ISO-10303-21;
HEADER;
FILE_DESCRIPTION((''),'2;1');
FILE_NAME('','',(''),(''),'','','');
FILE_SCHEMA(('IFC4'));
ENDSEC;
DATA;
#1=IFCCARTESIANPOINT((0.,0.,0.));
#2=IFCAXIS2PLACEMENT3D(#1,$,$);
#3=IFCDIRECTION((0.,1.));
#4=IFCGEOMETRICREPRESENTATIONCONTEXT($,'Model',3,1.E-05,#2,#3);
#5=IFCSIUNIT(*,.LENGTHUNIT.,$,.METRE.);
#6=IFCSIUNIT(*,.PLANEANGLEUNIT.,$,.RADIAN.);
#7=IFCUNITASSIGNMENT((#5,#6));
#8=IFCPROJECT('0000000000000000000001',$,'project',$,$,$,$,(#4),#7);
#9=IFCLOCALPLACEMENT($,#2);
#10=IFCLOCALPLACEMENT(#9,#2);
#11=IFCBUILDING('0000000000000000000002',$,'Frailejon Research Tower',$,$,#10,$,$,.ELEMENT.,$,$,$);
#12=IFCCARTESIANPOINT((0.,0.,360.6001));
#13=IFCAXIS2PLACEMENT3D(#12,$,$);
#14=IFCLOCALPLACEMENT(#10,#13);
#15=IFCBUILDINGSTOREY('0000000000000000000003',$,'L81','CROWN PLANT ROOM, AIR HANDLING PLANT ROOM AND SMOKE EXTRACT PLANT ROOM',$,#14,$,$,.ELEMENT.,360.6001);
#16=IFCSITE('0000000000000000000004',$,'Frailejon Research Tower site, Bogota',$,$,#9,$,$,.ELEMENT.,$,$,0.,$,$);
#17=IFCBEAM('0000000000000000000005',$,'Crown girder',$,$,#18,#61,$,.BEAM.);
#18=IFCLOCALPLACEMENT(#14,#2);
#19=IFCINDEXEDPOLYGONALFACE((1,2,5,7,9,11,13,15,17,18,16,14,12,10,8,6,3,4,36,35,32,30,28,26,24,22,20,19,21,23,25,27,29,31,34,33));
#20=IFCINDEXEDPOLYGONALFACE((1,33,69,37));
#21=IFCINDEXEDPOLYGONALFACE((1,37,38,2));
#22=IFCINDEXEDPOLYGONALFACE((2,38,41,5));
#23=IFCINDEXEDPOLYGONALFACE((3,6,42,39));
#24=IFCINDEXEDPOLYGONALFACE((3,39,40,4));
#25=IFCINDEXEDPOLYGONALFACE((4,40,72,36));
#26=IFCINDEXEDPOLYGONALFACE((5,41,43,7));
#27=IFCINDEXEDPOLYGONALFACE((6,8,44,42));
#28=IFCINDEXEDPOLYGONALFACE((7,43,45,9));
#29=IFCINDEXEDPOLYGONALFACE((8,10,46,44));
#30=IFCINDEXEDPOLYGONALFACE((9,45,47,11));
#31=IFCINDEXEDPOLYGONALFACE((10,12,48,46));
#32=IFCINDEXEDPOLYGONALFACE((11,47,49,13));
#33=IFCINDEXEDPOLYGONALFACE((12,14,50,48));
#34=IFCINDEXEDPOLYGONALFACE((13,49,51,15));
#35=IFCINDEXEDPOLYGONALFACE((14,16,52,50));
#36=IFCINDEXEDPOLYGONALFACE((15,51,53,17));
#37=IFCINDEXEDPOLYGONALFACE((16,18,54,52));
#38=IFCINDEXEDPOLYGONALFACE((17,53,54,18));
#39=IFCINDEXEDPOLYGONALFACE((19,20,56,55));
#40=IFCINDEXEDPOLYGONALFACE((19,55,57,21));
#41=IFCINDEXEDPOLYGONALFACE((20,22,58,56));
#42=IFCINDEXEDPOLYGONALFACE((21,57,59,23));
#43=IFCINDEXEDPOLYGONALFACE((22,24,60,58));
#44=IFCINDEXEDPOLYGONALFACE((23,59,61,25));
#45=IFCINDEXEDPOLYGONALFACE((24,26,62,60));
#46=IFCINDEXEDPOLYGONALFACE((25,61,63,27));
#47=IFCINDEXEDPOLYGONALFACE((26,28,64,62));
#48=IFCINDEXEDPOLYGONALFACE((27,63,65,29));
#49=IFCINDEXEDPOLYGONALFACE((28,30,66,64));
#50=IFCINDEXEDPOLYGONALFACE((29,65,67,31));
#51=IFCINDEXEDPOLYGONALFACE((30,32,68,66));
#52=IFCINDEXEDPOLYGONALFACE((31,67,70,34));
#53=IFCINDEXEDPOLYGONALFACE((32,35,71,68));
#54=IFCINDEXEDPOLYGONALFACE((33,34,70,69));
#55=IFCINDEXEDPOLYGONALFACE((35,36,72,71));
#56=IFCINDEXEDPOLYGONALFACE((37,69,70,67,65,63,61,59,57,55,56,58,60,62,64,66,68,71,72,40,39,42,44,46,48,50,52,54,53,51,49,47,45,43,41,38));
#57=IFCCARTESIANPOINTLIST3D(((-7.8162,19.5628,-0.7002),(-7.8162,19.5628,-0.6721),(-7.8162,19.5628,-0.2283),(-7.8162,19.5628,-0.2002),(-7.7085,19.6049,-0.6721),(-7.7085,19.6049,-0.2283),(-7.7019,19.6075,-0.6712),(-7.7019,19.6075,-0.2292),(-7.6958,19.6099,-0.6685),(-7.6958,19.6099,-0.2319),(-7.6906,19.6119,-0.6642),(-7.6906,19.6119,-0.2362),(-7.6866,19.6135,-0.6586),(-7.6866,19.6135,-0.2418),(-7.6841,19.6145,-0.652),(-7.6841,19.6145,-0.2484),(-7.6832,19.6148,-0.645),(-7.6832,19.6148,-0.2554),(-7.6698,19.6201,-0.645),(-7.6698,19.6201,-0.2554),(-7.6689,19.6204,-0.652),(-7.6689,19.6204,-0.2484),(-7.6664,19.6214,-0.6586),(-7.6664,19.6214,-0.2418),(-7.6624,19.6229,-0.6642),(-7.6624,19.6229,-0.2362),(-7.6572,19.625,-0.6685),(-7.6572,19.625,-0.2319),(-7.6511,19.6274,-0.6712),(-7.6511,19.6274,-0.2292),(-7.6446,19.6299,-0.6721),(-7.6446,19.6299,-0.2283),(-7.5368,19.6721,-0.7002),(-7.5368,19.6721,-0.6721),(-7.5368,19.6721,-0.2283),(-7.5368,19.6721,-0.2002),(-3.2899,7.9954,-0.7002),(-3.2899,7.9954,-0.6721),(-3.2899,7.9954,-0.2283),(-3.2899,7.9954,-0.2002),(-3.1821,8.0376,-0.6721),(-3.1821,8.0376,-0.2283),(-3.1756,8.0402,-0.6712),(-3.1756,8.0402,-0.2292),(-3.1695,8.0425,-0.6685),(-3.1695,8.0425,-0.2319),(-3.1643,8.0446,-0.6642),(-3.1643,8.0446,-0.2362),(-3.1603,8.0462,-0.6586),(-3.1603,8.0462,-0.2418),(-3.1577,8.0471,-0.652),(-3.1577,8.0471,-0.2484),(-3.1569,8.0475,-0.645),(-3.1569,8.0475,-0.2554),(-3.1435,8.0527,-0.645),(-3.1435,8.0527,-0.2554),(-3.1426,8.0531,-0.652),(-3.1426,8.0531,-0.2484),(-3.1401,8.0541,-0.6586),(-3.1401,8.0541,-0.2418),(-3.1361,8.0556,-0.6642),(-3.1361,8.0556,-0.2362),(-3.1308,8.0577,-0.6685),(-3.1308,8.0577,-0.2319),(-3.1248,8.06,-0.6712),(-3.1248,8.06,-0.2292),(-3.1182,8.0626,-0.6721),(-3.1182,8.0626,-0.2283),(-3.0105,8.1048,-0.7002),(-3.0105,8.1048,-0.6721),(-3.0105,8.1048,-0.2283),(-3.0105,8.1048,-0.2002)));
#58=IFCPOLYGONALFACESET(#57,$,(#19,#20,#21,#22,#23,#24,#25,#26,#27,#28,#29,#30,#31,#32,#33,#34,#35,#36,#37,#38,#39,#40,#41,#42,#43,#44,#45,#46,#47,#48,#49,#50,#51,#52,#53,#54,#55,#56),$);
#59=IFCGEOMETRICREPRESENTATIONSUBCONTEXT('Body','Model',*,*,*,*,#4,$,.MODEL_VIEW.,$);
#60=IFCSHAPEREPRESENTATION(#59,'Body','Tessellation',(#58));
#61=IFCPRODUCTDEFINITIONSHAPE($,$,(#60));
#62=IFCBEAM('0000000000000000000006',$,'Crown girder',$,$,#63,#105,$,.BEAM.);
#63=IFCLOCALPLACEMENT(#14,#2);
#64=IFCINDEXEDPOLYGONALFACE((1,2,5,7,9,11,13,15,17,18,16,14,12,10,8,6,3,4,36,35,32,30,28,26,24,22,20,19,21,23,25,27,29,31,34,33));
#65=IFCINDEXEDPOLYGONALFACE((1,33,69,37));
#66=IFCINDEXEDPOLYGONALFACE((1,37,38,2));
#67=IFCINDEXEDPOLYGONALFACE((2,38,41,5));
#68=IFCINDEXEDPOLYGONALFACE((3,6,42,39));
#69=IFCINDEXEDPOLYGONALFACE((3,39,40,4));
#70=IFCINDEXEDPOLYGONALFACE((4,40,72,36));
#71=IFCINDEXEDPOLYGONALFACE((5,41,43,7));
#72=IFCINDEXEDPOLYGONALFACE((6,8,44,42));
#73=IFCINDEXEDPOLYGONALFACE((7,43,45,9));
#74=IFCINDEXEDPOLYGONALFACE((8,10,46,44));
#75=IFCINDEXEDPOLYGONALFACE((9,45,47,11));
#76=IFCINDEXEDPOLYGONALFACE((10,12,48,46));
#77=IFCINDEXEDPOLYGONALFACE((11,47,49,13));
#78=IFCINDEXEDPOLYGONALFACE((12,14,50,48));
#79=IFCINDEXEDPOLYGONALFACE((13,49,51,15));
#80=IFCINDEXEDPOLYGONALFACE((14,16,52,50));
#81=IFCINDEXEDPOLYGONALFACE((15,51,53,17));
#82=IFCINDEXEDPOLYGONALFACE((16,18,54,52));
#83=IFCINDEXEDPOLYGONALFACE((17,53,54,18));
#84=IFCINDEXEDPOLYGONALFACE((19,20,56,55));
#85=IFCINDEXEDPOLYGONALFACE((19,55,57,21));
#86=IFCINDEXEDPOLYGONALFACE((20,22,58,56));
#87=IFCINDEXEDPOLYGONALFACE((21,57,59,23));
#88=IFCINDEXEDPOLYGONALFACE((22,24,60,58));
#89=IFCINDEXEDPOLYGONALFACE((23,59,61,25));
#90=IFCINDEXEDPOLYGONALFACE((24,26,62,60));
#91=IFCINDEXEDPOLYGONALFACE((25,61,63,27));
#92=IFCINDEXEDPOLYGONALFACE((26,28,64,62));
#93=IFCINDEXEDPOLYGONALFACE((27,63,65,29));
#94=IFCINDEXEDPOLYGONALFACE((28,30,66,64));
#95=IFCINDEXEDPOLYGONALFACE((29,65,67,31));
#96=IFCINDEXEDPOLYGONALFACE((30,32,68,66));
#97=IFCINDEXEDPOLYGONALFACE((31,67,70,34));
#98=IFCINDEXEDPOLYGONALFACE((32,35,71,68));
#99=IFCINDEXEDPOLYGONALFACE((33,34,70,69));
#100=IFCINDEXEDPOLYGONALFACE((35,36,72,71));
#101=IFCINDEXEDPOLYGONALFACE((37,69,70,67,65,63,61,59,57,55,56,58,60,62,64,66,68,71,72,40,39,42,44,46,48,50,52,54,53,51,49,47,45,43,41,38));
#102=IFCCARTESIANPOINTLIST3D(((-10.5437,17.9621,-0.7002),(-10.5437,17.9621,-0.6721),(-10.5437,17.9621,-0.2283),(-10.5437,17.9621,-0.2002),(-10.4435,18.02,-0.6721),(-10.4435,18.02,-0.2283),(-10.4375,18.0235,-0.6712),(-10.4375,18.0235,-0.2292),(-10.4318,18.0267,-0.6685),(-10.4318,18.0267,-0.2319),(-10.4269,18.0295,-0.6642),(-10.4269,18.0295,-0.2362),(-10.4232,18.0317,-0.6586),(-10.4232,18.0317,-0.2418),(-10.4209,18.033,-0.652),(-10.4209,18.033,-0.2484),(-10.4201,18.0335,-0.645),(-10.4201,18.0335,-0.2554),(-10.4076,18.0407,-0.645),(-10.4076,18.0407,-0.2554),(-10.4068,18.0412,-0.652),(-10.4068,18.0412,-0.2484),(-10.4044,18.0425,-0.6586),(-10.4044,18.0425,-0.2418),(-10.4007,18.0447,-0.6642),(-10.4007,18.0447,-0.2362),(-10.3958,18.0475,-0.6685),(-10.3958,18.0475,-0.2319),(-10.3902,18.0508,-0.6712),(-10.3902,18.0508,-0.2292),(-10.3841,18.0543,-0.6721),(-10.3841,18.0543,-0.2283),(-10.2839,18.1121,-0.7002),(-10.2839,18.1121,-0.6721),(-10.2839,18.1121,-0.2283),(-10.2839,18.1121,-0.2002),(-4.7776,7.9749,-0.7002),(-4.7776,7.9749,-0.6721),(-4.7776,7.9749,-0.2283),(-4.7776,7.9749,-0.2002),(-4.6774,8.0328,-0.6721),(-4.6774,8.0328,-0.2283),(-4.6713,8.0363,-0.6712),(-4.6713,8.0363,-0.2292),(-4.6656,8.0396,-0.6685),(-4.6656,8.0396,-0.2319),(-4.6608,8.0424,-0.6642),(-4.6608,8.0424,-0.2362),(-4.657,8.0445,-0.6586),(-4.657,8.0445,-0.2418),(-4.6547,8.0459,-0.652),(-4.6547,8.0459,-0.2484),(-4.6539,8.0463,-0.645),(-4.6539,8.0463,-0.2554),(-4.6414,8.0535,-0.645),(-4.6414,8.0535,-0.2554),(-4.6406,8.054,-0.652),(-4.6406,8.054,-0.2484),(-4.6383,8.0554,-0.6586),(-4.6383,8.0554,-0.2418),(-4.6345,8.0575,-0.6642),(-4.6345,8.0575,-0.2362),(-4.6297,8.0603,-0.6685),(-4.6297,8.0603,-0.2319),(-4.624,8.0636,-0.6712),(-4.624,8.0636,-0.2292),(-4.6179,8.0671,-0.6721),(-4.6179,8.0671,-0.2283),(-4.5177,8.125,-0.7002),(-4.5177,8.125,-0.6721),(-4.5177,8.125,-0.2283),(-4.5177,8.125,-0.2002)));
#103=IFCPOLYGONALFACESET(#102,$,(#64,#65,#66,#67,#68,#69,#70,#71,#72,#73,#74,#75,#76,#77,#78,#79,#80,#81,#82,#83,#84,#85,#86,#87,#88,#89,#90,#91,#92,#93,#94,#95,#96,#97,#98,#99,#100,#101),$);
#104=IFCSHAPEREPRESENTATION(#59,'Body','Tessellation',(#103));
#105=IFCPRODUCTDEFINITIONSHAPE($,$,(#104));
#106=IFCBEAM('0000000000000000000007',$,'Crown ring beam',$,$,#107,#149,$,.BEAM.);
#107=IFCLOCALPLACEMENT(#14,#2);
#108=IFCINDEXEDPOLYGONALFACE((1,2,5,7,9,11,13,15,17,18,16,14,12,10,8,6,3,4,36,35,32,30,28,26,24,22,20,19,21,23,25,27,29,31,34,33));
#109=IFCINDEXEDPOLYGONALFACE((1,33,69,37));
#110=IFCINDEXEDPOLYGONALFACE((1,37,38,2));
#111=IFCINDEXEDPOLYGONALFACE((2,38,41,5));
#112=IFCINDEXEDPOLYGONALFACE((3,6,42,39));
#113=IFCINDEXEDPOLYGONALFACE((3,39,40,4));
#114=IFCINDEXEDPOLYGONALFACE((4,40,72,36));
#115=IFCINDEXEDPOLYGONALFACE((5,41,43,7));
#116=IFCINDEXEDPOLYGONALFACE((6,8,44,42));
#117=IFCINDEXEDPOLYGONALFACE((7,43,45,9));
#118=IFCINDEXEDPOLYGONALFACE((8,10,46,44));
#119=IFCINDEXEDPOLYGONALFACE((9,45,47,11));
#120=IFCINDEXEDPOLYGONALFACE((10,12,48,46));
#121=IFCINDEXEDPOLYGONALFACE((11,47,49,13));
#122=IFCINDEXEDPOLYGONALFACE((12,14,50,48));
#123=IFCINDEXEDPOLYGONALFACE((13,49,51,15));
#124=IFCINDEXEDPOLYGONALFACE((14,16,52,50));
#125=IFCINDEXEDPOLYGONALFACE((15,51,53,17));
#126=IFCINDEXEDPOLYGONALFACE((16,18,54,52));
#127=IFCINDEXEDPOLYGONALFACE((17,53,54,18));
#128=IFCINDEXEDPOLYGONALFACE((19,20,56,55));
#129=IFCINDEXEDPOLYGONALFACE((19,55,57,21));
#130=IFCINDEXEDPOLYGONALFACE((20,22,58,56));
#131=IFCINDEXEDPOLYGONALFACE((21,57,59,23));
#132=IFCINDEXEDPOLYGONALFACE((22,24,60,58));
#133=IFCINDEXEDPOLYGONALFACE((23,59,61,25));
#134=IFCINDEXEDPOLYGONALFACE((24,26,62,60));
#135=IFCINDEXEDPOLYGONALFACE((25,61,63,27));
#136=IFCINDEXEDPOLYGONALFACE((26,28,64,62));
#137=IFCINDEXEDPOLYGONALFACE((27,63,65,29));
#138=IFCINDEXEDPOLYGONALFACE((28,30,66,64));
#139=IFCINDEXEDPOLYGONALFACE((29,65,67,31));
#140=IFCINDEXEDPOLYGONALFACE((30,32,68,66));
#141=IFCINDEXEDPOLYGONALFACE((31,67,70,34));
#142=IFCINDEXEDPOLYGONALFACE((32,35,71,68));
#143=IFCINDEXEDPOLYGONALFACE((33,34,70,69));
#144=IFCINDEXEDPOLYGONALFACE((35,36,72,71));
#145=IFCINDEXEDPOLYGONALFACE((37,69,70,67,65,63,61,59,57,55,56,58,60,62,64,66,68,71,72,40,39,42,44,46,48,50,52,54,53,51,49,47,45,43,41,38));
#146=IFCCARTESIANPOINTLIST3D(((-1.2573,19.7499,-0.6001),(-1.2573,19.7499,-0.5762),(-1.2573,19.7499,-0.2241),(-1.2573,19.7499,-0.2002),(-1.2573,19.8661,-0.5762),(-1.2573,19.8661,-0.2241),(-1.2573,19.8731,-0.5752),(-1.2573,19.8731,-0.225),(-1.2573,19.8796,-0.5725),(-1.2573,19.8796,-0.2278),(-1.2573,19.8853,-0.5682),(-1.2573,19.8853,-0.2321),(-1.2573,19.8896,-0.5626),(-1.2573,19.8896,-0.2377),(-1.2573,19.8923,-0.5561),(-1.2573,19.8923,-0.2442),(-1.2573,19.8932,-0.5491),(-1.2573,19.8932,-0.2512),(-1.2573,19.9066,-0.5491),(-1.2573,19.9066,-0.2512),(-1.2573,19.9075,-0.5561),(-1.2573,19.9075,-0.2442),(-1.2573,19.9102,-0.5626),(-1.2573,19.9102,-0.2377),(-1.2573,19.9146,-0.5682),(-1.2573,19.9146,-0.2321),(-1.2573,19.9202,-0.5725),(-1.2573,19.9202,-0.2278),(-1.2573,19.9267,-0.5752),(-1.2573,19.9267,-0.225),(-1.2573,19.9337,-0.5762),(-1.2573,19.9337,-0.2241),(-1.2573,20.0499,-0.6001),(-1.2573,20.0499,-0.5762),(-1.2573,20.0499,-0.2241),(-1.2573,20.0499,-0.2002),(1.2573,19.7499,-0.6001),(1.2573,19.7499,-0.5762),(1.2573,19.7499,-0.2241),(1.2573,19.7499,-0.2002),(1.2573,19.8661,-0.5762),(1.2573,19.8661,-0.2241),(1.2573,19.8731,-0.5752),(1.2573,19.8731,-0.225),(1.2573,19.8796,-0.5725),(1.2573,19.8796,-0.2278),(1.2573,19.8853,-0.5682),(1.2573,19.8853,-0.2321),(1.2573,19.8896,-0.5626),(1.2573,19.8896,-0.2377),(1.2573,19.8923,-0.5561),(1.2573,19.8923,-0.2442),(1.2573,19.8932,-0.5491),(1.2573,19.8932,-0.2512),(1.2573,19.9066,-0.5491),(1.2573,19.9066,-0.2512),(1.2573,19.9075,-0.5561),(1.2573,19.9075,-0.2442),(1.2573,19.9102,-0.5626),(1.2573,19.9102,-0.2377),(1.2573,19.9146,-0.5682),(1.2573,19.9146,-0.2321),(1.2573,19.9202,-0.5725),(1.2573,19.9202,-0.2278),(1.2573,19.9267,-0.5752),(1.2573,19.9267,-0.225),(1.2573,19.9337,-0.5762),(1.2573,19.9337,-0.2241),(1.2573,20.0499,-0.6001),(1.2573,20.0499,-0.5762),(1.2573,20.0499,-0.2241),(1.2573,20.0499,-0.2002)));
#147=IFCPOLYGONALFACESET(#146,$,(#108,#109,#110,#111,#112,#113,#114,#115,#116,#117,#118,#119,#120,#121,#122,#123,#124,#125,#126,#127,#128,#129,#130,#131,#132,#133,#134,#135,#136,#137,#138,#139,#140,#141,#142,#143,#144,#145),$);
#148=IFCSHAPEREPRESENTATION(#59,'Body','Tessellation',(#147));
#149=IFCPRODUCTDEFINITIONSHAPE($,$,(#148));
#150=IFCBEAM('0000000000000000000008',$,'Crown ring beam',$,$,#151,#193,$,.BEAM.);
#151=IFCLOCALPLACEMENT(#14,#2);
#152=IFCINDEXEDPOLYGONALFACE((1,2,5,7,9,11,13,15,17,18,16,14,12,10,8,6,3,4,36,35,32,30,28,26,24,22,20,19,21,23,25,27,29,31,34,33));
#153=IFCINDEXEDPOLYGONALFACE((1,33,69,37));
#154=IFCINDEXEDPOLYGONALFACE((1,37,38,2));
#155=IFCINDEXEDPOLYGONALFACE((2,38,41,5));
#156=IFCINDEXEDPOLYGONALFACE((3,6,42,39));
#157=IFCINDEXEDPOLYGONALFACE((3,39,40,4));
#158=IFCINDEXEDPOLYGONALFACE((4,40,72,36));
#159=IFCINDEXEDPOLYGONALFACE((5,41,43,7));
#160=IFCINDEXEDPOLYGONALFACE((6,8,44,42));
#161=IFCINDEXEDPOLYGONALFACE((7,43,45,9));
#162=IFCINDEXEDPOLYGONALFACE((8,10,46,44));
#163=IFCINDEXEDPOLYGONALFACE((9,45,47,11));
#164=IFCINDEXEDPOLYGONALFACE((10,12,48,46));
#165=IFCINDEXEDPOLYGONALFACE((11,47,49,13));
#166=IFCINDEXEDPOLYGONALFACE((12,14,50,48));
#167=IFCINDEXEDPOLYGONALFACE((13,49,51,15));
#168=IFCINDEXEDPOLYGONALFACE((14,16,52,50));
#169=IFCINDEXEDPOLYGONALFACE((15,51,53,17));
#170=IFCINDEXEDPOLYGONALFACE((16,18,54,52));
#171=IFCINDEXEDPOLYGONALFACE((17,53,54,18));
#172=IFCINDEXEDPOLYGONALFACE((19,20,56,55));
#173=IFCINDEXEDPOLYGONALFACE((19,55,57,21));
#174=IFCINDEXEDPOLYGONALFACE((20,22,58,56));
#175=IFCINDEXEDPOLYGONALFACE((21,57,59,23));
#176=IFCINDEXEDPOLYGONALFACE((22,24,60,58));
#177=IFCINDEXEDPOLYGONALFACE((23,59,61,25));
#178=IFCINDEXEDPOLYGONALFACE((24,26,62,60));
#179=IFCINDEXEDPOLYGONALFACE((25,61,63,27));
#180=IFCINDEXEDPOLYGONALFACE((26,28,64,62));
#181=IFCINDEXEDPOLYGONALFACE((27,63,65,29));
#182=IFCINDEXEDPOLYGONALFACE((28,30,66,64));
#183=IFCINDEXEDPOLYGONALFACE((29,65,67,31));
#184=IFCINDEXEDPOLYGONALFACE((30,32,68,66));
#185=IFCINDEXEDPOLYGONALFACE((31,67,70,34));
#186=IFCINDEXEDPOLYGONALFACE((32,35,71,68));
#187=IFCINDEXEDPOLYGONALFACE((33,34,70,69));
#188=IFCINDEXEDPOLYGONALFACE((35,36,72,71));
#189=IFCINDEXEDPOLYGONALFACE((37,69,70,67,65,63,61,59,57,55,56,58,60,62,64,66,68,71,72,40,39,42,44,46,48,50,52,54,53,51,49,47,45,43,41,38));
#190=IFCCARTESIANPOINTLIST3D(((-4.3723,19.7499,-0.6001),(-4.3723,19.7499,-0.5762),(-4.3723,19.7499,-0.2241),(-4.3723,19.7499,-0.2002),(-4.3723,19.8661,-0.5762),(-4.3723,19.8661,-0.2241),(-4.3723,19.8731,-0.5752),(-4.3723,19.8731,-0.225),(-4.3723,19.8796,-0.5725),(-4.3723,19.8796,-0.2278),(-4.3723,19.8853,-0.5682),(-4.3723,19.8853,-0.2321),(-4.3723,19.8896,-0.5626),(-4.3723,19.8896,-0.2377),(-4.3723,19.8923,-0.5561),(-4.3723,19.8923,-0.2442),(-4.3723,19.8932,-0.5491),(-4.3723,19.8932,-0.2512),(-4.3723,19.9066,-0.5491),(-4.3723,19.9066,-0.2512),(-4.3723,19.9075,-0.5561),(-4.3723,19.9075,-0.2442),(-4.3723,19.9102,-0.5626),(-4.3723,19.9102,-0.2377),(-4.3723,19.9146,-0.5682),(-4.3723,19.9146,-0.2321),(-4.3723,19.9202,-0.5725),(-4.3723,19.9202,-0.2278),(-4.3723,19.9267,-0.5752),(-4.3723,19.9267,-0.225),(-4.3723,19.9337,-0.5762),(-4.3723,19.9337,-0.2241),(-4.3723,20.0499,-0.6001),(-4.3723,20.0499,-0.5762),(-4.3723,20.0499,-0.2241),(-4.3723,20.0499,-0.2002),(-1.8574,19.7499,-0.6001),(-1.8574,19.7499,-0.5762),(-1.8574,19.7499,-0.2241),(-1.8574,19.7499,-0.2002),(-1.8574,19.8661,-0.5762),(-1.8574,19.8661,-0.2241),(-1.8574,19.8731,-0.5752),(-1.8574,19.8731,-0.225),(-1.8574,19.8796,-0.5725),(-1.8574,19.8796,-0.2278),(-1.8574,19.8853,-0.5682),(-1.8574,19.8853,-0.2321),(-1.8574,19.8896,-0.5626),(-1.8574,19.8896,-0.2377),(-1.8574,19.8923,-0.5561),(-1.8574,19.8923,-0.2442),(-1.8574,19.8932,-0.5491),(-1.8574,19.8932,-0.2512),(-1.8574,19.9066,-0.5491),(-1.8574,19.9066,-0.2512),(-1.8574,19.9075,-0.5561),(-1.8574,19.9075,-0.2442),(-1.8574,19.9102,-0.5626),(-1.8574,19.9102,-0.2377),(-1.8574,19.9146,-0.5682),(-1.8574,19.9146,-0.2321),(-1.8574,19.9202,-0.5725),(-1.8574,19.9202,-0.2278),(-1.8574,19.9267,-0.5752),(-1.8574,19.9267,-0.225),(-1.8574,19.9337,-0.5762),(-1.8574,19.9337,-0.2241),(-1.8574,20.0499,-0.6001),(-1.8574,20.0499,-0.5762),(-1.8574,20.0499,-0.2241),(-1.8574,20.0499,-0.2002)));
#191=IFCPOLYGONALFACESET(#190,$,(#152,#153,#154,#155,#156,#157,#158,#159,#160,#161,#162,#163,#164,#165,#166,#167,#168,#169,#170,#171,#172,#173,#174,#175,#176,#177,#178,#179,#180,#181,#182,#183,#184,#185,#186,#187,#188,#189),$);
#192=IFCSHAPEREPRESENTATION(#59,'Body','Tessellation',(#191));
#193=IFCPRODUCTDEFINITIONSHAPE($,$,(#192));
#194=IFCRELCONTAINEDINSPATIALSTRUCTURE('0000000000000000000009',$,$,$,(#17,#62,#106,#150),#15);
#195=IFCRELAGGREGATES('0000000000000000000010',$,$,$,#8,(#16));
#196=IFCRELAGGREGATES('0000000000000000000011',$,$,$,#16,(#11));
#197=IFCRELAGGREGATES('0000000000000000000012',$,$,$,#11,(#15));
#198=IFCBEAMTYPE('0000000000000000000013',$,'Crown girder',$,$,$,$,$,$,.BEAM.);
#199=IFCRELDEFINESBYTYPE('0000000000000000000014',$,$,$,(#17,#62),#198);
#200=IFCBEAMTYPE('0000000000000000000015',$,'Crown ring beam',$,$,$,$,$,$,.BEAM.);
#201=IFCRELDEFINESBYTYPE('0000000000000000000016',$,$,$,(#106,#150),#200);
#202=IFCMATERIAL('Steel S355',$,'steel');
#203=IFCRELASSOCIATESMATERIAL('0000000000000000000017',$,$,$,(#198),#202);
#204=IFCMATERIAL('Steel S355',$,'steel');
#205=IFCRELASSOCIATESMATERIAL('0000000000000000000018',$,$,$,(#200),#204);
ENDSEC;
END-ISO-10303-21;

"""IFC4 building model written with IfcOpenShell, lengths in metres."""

from ifc_helpers import new_model, si_unit, direction, frame, origin, origin_2d, place, context, subcontext, project, spatial, i_section, extrude, material, material_profile, profile_set, type_object, element, save


model = new_model("IFC4")

# Units and contexts
model_context = context("Model", 3, precision=1e-05, world=origin(), true_north=direction((0.0, 1.0)))
body_context = subcontext(model_context, "Body", "Model", "MODEL_VIEW")
ifc_project = project(units=[si_unit("LENGTHUNIT", "METRE"), si_unit("PLANEANGLEUNIT", "RADIAN")], contexts=[model_context])

# Site, building, storey
site_placement = place(None, origin())
site = spatial("IfcSite", under=ifc_project, at=site_placement, Name="Frailejon Research Tower site, Bogota", CompositionType="ELEMENT", RefElevation=0.0)
building_placement = place(site_placement, origin())
building = spatial("IfcBuilding", under=site, at=building_placement, Name="Frailejon Research Tower", CompositionType="ELEMENT")
storey_placement = place(building_placement, frame((0.0, 0.0, 360.6001)))
storey = spatial("IfcBuildingStorey", under=building, at=storey_placement, Name="L81", Description="CROWN PLANT ROOM, AIR HANDLING PLANT ROOM AND SMOKE EXTRACT PLANT ROOM", CompositionType="ELEMENT", Elevation=360.6001)

# Beams
ifc_material_1 = material(Name="Steel S355", Category="steel")
ifc_material_profile_1 = material_profile(ifc_material_1, i_section(OverallWidth=0.3, OverallDepth=0.5, WebThickness=0.0144, FlangeThickness=0.0281, FilletRadius=0.0271, at=origin_2d()), Name="HE 500 B")
ifc_profile_set_1 = profile_set([ifc_material_profile_1], Name="Steel S355")
beam_type_1 = type_object("IfcBeamType", Name="Crown girder", PredefinedType="BEAM", material=ifc_profile_set_1)
beam_1_placement = place(storey_placement, frame((-7.6765, 19.6174, -0.4502), z_axis=(0.364399, -0.931243, 0.0), x_axis=(0.931243, 0.364399, 0.0)))
element("IfcBeam", 1, at=beam_1_placement, inside=storey, type_object=beam_type_1, Name="Crown girder", PredefinedType="BEAM", context=body_context, shape_type="SweptSolid", body=[
    extrude(i_section(OverallWidth=0.3, OverallDepth=0.5, WebThickness=0.0144, FlangeThickness=0.0281, FilletRadius=0.0271, at=origin_2d()), origin(), (0.0, 0.0, 1.0), 12.4214),
])
beam_2_placement = place(storey_placement, frame((-10.4138, 18.0371, -0.4502), z_axis=(0.500005, -0.866022, 0.0), x_axis=(0.866022, 0.500005, 0.0)))
element("IfcBeam", 2, at=beam_2_placement, inside=storey, type_object=beam_type_1, Name="Crown girder", PredefinedType="BEAM", context=body_context, shape_type="SweptSolid", body=[
    extrude(i_section(OverallWidth=0.3, OverallDepth=0.5, WebThickness=0.0144, FlangeThickness=0.0281, FilletRadius=0.0271, at=origin_2d()), origin(), (0.0, 0.0, 1.0), 11.5322),
])
ifc_material_2 = material(Name="Steel S355", Category="steel")
ifc_material_profile_2 = material_profile(ifc_material_2, i_section(OverallWidth=0.3, OverallDepth=0.3999, WebThickness=0.0134, FlangeThickness=0.0239, FilletRadius=0.0271, at=origin_2d()), Name="HE 400 B")
ifc_profile_set_2 = profile_set([ifc_material_profile_2], Name="Steel S355")
beam_type_2 = type_object("IfcBeamType", Name="Crown ring beam", PredefinedType="BEAM", material=ifc_profile_set_2)
beam_3_placement = place(storey_placement, frame((1.2573, 19.8999, -0.4001), z_axis=(-1.0, 0.0, 0.0), x_axis=(0.0, -1.0, 0.0)))
element("IfcBeam", 3, at=beam_3_placement, inside=storey, type_object=beam_type_2, Name="Crown ring beam", PredefinedType="BEAM", context=body_context, shape_type="SweptSolid", body=[
    extrude(i_section(OverallWidth=0.3, OverallDepth=0.3999, WebThickness=0.0134, FlangeThickness=0.0239, FilletRadius=0.0271, at=origin_2d()), origin(), (0.0, 0.0, 1.0), 2.5146),
])
beam_4_placement = place(storey_placement, frame((-1.8574, 19.8999, -0.4001), z_axis=(-1.0, 0.0, 0.0), x_axis=(0.0, -1.0, 0.0)))
element("IfcBeam", 4, at=beam_4_placement, inside=storey, type_object=beam_type_2, Name="Crown ring beam", PredefinedType="BEAM", context=body_context, shape_type="SweptSolid", body=[
    extrude(i_section(OverallWidth=0.3, OverallDepth=0.3999, WebThickness=0.0134, FlangeThickness=0.0239, FilletRadius=0.0271, at=origin_2d()), origin(), (0.0, 0.0, 1.0), 2.5149),
])

save(model, "model.ifc")
